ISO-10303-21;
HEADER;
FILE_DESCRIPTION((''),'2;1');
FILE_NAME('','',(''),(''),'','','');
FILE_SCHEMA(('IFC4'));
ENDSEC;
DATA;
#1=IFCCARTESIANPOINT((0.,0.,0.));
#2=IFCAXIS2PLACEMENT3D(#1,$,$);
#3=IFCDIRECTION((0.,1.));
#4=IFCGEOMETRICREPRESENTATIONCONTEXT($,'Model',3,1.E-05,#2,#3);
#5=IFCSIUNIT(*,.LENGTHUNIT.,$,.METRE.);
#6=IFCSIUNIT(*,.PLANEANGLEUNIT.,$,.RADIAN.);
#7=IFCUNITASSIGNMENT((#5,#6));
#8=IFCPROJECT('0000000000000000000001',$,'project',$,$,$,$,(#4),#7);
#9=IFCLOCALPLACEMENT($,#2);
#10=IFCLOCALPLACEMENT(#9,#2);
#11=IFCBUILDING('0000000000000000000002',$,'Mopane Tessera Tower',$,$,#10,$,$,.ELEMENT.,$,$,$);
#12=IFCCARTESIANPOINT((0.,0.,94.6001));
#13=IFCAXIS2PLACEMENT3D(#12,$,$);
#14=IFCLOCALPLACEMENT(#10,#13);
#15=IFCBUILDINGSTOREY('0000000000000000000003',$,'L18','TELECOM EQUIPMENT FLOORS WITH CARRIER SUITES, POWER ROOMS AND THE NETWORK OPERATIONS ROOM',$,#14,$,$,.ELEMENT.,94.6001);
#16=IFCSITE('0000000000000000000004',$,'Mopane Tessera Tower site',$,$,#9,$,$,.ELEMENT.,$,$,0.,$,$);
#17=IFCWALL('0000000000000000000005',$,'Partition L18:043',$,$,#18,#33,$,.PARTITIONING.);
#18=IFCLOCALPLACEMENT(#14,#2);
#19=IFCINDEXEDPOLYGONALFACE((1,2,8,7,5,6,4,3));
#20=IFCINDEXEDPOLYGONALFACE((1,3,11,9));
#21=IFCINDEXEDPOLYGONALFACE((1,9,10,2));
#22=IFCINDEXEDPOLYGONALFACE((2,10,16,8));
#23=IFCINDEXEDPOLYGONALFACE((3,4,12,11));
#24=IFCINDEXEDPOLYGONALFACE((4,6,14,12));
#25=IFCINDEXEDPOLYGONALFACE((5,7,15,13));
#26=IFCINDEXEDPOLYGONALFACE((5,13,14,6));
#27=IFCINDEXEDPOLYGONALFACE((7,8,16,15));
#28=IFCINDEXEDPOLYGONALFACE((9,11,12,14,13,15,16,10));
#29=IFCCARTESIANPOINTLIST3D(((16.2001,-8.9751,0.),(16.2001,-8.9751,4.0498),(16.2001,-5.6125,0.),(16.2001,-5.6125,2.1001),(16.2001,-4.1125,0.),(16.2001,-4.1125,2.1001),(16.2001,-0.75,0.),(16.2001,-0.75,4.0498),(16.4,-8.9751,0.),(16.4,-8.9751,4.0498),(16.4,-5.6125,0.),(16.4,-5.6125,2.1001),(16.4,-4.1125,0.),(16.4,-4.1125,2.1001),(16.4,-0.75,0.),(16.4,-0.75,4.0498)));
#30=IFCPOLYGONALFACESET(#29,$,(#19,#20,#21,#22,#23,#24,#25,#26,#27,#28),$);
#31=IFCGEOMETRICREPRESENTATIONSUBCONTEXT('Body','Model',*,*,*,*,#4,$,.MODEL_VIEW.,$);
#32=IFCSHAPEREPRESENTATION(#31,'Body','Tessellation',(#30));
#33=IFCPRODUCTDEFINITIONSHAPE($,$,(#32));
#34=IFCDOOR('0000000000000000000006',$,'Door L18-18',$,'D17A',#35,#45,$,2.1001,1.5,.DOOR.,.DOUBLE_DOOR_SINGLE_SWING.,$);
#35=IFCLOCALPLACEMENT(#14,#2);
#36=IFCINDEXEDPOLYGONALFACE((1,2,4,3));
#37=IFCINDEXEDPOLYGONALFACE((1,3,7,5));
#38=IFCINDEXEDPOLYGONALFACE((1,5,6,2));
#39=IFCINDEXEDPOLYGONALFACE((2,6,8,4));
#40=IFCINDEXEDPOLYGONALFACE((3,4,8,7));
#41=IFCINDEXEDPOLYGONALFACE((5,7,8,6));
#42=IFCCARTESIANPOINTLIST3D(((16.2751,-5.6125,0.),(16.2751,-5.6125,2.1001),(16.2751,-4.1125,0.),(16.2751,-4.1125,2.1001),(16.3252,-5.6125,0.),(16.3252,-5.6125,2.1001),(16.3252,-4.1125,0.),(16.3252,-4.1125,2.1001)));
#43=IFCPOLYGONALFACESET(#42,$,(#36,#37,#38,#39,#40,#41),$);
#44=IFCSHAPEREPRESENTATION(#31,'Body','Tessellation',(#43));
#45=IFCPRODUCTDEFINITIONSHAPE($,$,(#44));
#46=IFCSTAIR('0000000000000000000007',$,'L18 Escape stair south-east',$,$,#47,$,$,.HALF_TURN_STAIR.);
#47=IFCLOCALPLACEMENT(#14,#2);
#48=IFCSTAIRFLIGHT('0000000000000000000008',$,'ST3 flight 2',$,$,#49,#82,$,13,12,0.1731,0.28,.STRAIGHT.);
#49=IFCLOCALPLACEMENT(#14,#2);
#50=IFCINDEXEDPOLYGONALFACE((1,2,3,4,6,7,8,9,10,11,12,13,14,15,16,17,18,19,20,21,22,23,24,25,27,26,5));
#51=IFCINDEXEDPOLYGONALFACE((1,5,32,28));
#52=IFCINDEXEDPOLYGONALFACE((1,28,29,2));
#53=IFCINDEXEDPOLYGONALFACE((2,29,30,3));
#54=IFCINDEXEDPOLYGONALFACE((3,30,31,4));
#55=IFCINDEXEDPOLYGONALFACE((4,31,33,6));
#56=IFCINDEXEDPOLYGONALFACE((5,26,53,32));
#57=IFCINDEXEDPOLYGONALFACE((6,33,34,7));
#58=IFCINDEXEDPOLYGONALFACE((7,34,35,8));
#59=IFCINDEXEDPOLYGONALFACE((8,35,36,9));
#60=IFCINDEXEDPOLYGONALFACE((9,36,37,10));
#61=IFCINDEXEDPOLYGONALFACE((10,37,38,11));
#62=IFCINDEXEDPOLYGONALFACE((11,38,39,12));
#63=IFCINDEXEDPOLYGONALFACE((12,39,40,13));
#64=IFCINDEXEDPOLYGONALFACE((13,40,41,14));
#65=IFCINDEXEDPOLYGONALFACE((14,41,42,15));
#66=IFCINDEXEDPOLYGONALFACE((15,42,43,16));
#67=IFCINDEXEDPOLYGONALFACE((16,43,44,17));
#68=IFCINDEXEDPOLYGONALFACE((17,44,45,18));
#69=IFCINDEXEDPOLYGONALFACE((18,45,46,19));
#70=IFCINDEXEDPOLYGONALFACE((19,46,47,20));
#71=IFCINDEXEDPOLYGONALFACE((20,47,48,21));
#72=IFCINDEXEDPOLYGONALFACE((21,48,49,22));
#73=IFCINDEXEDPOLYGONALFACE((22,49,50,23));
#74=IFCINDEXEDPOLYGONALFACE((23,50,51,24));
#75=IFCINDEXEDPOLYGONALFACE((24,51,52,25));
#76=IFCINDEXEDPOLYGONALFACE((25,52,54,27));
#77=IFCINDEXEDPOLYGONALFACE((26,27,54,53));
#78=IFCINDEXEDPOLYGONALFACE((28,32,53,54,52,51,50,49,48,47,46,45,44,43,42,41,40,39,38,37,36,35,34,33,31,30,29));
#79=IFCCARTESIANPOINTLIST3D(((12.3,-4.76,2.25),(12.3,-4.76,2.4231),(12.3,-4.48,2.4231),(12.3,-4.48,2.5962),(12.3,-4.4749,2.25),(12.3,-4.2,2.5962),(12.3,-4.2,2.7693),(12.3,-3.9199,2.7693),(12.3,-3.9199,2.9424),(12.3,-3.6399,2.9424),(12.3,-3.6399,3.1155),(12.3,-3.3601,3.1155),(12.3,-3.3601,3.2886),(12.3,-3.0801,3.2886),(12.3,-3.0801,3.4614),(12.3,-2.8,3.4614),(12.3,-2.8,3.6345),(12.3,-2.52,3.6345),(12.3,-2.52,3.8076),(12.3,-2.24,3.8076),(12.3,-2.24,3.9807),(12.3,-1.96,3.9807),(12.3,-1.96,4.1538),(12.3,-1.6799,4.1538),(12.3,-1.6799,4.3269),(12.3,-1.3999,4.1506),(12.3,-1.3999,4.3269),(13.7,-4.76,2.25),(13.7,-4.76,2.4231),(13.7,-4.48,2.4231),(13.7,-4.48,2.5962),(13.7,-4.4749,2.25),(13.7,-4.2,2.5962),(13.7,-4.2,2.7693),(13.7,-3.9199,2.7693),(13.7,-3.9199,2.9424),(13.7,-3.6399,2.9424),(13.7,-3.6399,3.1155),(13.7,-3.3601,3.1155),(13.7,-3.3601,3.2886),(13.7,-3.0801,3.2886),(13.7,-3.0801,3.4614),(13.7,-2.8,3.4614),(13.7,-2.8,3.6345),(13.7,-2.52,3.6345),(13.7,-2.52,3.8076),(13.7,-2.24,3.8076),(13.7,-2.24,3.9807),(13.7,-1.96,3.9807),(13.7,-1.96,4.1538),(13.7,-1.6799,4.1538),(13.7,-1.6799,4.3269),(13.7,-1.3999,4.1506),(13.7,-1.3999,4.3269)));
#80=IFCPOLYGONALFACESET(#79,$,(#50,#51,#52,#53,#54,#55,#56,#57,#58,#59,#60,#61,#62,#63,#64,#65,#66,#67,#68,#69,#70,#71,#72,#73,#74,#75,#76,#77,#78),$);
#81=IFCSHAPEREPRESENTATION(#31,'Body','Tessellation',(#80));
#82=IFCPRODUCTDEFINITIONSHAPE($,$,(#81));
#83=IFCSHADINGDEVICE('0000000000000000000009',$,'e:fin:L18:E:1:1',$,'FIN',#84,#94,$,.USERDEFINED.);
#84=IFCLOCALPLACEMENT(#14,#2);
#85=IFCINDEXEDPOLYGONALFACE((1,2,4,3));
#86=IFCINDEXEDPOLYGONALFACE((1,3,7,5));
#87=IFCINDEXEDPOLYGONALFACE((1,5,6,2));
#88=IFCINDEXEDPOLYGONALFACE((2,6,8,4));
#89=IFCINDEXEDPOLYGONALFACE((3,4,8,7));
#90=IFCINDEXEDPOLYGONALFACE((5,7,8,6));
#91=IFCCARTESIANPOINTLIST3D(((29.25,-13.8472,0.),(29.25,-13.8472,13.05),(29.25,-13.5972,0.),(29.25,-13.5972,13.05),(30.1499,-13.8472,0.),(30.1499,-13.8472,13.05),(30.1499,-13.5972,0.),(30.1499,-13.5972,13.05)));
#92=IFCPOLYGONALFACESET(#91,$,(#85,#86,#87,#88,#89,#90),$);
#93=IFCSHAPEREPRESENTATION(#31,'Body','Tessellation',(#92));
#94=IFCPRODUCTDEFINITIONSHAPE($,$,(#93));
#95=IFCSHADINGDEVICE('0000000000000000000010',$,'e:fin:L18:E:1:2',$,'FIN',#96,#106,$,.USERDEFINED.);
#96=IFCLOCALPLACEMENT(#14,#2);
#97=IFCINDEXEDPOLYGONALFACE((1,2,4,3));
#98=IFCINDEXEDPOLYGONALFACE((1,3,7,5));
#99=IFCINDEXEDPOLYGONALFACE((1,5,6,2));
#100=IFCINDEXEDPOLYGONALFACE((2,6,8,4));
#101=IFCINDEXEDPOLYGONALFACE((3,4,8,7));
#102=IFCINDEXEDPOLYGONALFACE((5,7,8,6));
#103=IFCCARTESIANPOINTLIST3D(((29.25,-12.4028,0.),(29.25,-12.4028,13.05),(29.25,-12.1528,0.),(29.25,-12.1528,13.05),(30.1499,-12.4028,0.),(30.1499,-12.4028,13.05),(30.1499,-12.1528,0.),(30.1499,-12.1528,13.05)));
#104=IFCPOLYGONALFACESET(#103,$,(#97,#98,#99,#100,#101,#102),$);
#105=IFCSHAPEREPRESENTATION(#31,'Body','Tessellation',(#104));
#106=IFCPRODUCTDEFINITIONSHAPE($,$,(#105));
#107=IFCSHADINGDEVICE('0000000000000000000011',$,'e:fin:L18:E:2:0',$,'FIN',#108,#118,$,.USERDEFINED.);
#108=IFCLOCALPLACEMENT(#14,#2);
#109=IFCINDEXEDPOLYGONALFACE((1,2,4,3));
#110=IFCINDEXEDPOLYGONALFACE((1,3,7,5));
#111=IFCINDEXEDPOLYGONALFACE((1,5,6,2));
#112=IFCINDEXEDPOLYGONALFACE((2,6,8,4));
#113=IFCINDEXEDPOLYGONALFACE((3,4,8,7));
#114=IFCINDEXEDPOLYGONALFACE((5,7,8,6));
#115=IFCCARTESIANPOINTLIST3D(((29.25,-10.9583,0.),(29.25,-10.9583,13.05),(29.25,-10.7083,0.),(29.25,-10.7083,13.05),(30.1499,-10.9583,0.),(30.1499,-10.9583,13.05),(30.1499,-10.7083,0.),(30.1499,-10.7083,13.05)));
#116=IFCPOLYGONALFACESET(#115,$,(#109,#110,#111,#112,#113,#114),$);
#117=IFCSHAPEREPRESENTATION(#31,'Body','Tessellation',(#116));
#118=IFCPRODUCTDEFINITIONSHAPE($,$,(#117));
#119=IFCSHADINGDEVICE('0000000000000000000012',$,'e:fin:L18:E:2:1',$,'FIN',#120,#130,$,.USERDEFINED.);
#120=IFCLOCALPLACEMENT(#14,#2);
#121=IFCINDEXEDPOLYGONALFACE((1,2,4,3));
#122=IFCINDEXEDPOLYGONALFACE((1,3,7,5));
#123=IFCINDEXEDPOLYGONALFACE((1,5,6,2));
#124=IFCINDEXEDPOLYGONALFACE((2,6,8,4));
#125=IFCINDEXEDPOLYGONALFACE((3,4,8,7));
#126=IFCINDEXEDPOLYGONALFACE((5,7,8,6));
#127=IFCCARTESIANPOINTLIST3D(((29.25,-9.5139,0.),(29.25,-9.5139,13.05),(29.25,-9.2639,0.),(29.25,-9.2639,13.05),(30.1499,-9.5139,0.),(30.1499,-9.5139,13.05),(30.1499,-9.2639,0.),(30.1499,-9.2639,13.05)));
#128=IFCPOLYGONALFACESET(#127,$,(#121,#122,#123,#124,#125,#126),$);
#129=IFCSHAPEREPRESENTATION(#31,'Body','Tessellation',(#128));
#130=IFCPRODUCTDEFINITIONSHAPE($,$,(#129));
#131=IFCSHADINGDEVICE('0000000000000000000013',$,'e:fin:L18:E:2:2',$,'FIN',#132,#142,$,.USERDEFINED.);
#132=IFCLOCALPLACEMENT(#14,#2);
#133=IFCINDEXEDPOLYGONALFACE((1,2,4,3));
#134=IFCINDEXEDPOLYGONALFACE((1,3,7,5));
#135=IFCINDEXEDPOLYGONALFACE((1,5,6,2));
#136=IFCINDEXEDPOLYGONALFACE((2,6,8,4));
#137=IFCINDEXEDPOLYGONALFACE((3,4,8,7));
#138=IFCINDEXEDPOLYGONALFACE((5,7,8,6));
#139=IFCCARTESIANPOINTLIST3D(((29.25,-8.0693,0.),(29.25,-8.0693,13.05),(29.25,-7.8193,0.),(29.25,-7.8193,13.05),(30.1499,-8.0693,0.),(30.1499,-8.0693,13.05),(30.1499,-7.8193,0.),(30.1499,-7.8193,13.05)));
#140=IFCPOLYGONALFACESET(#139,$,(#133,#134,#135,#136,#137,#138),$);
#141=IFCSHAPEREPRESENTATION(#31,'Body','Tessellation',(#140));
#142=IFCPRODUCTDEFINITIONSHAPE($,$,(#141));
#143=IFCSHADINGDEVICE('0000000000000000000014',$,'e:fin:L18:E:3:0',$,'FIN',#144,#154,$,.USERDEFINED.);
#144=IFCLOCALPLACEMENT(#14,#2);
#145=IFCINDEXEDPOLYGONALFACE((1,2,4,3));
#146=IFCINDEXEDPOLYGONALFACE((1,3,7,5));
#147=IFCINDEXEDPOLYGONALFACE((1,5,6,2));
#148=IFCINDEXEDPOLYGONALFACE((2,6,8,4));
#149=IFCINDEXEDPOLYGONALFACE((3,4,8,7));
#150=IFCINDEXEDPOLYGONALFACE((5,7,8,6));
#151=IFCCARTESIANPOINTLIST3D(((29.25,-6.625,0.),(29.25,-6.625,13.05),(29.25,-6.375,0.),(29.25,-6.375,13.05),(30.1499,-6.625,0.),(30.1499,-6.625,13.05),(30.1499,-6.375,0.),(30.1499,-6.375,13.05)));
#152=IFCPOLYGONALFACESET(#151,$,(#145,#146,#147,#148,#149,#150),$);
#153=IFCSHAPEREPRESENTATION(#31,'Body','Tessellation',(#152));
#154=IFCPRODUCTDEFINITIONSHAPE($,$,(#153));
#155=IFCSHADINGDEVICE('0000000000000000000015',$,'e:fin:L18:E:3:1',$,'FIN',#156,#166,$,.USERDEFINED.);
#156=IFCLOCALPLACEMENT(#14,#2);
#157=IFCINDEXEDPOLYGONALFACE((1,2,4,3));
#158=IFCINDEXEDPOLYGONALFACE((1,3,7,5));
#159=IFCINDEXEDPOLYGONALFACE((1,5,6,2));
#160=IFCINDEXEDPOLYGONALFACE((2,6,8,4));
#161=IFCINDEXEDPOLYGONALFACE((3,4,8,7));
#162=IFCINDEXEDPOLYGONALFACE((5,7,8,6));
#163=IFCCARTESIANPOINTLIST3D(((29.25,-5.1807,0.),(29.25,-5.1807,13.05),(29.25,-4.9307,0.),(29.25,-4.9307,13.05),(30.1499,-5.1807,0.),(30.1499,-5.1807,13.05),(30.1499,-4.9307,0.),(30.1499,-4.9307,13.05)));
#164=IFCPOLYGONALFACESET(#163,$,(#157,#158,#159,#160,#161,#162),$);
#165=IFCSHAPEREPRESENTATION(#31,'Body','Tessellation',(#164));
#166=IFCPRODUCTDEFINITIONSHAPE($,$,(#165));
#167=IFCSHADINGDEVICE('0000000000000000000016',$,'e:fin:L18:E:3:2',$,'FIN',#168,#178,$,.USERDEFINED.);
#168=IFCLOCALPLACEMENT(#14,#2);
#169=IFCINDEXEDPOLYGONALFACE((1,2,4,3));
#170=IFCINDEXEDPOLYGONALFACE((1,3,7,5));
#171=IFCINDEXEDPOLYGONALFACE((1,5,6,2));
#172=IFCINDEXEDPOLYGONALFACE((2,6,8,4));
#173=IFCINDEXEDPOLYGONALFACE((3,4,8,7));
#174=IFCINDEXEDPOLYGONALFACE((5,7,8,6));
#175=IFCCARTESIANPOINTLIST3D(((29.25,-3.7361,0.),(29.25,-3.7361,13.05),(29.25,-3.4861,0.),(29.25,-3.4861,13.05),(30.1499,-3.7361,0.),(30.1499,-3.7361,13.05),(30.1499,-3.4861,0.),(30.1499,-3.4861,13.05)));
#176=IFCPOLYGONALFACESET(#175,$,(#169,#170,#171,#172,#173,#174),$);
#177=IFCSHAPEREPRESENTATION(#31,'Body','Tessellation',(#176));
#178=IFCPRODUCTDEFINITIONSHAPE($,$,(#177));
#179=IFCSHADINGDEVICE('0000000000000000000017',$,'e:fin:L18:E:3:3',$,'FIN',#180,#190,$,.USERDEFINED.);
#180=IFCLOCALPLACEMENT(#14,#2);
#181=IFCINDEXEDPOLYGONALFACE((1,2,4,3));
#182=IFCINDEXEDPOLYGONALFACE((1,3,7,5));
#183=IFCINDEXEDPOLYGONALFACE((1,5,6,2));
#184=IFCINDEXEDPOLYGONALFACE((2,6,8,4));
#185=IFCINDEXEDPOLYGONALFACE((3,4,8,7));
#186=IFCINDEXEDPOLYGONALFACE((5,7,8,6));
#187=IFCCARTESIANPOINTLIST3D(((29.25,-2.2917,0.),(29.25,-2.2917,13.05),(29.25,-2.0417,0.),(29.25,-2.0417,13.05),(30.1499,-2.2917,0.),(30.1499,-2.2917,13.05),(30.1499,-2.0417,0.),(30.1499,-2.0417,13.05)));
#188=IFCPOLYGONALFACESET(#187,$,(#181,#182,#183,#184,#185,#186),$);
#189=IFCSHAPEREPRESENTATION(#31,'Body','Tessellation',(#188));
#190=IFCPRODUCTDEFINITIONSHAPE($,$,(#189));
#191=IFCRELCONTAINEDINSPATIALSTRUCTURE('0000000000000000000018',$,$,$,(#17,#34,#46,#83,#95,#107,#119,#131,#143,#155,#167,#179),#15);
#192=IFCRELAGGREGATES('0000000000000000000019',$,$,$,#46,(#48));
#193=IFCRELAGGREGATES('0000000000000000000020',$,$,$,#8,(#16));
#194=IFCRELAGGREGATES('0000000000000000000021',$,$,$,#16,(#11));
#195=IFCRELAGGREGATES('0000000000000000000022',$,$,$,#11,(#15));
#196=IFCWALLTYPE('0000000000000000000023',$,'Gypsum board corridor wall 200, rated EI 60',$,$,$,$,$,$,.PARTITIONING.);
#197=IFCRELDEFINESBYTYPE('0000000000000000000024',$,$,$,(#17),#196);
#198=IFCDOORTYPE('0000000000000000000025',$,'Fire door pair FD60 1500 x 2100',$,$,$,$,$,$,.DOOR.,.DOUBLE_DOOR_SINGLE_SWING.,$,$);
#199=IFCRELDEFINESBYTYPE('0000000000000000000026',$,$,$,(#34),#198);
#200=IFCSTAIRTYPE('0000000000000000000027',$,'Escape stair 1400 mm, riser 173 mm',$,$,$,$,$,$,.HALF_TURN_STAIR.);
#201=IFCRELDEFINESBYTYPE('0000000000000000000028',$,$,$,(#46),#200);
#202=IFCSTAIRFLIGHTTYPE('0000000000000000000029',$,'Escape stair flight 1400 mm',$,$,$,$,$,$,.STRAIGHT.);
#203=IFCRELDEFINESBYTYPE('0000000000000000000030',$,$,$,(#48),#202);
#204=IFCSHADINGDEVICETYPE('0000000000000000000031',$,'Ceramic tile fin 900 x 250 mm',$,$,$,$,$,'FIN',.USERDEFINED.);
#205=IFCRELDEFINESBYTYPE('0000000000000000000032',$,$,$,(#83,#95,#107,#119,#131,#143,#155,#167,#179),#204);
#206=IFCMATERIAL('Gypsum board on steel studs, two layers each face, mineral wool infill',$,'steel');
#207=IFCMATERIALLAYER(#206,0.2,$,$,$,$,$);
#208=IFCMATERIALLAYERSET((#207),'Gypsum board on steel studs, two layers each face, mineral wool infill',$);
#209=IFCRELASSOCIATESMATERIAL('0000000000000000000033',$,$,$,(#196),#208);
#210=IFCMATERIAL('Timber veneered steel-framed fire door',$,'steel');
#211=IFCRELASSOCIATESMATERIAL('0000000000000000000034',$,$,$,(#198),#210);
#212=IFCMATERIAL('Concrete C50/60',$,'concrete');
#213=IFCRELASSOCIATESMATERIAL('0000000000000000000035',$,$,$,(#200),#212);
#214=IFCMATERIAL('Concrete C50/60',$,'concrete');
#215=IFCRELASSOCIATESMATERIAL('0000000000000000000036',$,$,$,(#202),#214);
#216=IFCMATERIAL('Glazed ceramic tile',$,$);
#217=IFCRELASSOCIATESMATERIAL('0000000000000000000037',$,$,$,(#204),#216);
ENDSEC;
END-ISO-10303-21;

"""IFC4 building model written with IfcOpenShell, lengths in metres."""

from ifc_helpers import new_model, si_unit, direction, frame, frame_2d, origin, origin_2d, place, context, subcontext, project, spatial, polyline, rectangle, outline, extrude, material, layer, layer_set, type_object, element, fill, aggregate, save


model = new_model("IFC4")

# Units and contexts
model_context = context("Model", 3, precision=1e-05, world=origin(), true_north=direction((0.0, 1.0)))
body_context = subcontext(model_context, "Body", "Model", "MODEL_VIEW")
ifc_project = project(units=[si_unit("LENGTHUNIT", "METRE"), si_unit("PLANEANGLEUNIT", "RADIAN")], contexts=[model_context])

# Site, building, storey
site_placement = place(None, origin())
site = spatial("IfcSite", under=ifc_project, at=site_placement, Name="Mopane Tessera Tower site", CompositionType="ELEMENT", RefElevation=0.0)
building_placement = place(site_placement, origin())
building = spatial("IfcBuilding", under=site, at=building_placement, Name="Mopane Tessera Tower", CompositionType="ELEMENT")
storey_placement = place(building_placement, frame((0.0, 0.0, 94.6001)))
storey = spatial("IfcBuildingStorey", under=building, at=storey_placement, Name="L18", Description="TELECOM EQUIPMENT FLOORS WITH CARRIER SUITES, POWER ROOMS AND THE NETWORK OPERATIONS ROOM", CompositionType="ELEMENT", Elevation=94.6001)

# Wall, opening, door
ifc_material_1 = material(Name="Gypsum board on steel studs, two layers each face, mineral wool infill", Category="steel")
ifc_layer_1 = layer(ifc_material_1, 0.2)
ifc_layer_set_1 = layer_set([ifc_layer_1], Name="Gypsum board on steel studs, two layers each face, mineral wool infill")
wall_type_1 = type_object("IfcWallType", Name="Gypsum board corridor wall 200, rated EI 60", PredefinedType="PARTITIONING", material=ifc_layer_set_1)
wall_1_placement = place(storey_placement, frame((16.3, -8.9751, 0.0), z_axis=(0.0, 0.0, 1.0), x_axis=(0.0, 1.0, 0.0)))
wall_1 = element("IfcWall", 1, at=wall_1_placement, inside=storey, type_object=wall_type_1, Name="Partition L18:043", PredefinedType="PARTITIONING", context=body_context, shape_type="SweptSolid", body=[
    extrude(rectangle(XDim=8.2251, YDim=0.2, at=frame_2d((4.1125, 0.0))), origin(), (0.0, 0.0, 1.0), 4.0498),
])
opening_1_placement = place(wall_1_placement, frame((3.3625, 0.0, 0.0)))
opening_1 = element("IfcOpeningElement", 2, at=opening_1_placement, cuts=wall_1, PredefinedType="OPENING", context=body_context, shape_type="SweptSolid", body=[
    extrude(rectangle(XDim=1.5, YDim=2.1001, at=frame_2d((0.75, 1.05))), frame((0.0, 0.1121, 0.0), z_axis=(0.0, -1.0, 0.0), x_axis=(1.0, 0.0, 0.0)), (0.0, 0.0, 1.0), 0.2239),
])
ifc_material_2 = material(Name="Timber veneered steel-framed fire door", Category="steel")
door_type_1 = type_object("IfcDoorType", Name="Fire door pair FD60 1500 x 2100", OperationType="DOUBLE_DOOR_SINGLE_SWING", PredefinedType="DOOR", material=ifc_material_2)
door_1_placement = place(opening_1_placement, origin())
door_1 = element("IfcDoor", 3, at=door_1_placement, inside=storey, type_object=door_type_1, Name="Door L18-18", ObjectType="D17A", OperationType="DOUBLE_DOOR_SINGLE_SWING", OverallHeight=2.1001, OverallWidth=1.5, PredefinedType="DOOR", context=body_context, shape_type="SweptSolid", body=[
    extrude(rectangle(XDim=1.5, YDim=2.1001, at=frame_2d((0.75, 1.05))), frame((0.0, 0.0249, 0.0), z_axis=(0.0, -1.0, 0.0), x_axis=(1.0, 0.0, 0.0)), (0.0, 0.0, 1.0), 0.05),
])
fill(opening_1, door_1)

# Stair, stair flight
ifc_material_3 = material(Name="Concrete C50/60", Category="concrete")
stair_type = type_object("IfcStairType", Name="Escape stair 1400 mm, riser 173 mm", PredefinedType="HALF_TURN_STAIR", material=ifc_material_3)
stair_placement = place(storey_placement, origin())
stair = element("IfcStair", 4, at=stair_placement, inside=storey, type_object=stair_type, Name="L18 Escape stair south-east", PredefinedType="HALF_TURN_STAIR")
ifc_material_4 = material(Name="Concrete C50/60", Category="concrete")
stair_flight_type = type_object("IfcStairFlightType", Name="Escape stair flight 1400 mm", PredefinedType="STRAIGHT", material=ifc_material_4)
stair_flight_placement = place(storey_placement, frame((13.0, -4.76, 2.25), z_axis=(0.0, 0.0, 1.0), x_axis=(0.0, 1.0, 0.0)))
stair_flight = element("IfcStairFlight", 5, at=stair_flight_placement, type_object=stair_flight_type, Name="ST3 flight 2", NumberOfRisers=13, NumberOfTreads=12, PredefinedType="STRAIGHT", RiserHeight=0.1731, TreadLength=0.28, context=body_context, shape_type="SweptSolid", body=[
    extrude(outline(polyline([(0.0, 0.0), (0.0, 0.1731), (0.28, 0.1731), (0.28, 0.3462), (0.5601, 0.3462), (0.5601, 0.5193), (0.8401, 0.5193), (0.8401, 0.6924), (1.1201, 0.6924), (1.1201, 0.8655), (1.3999, 0.8655), (1.3999, 1.0386), (1.6799, 1.0386), (1.6799, 1.2114), (1.96, 1.2114), (1.96, 1.3845), (2.24, 1.3845), (2.24, 1.5576), (2.52, 1.5576), (2.52, 1.7307), (2.8, 1.7307), (2.8, 1.9038), (3.0801, 1.9038), (3.0801, 2.0769), (3.3601, 2.0769), (3.3601, 2.25), (3.3601, 1.9006), (0.2852, 0.0), (0.0, 0.0)])), frame((0.0, 0.7, 0.0), z_axis=(0.0, -1.0, 0.0), x_axis=(1.0, 0.0, 0.0)), (0.0, 0.0, 1.0), 1.3999),
])
aggregate(stair, [stair_flight])

# Shading devices
ifc_material_5 = material(Name="Glazed ceramic tile")
shading_device_type = type_object("IfcShadingDeviceType", Name="Ceramic tile fin 900 x 250 mm", ElementType="FIN", PredefinedType="USERDEFINED", material=ifc_material_5)
for number, where, z_axis, x_axis, name in (
    (6, (29.7, -13.7222, 0.0), (0.0, 0.0, 1.0), (0.0, 1.0, 0.0), "e:fin:L18:E:1:1"),
    (7, (29.7, -12.2778, 0.0), (0.0, 0.0, 1.0), (0.0, 1.0, 0.0), "e:fin:L18:E:1:2"),
    (8, (29.7, -10.8333, 0.0), (0.0, 0.0, 1.0), (0.0, 1.0, 0.0), "e:fin:L18:E:2:0"),
    (9, (29.7, -9.3889, 0.0), (0.0, 0.0, 1.0), (0.0, 1.0, 0.0), "e:fin:L18:E:2:1"),
    (10, (29.7, -7.9443, 0.0), (0.0, 0.0, 1.0), (0.0, 1.0, 0.0), "e:fin:L18:E:2:2"),
    (11, (29.7, -6.5, 0.0), (0.0, 0.0, 1.0), (0.0, 1.0, 0.0), "e:fin:L18:E:3:0"),
    (12, (29.7, -5.0557, 0.0), (0.0, 0.0, 1.0), (0.0, 1.0, 0.0), "e:fin:L18:E:3:1"),
    (13, (29.7, -3.6111, 0.0), (0.0, 0.0, 1.0), (0.0, 1.0, 0.0), "e:fin:L18:E:3:2"),
    (14, (29.7, -2.1667, 0.0), (0.0, 0.0, 1.0), (0.0, 1.0, 0.0), "e:fin:L18:E:3:3"),
):
    element("IfcShadingDevice", number, at=place(storey_placement, frame(where, z_axis=z_axis, x_axis=x_axis)), inside=storey, type_object=shading_device_type, Name=name, ObjectType="FIN", PredefinedType="USERDEFINED", context=body_context, shape_type="SweptSolid", body=[
        extrude(rectangle(XDim=0.25, YDim=0.8999, at=origin_2d()), origin(), (0.0, 0.0, 1.0), 13.05),
    ])

save(model, "model.ifc")
